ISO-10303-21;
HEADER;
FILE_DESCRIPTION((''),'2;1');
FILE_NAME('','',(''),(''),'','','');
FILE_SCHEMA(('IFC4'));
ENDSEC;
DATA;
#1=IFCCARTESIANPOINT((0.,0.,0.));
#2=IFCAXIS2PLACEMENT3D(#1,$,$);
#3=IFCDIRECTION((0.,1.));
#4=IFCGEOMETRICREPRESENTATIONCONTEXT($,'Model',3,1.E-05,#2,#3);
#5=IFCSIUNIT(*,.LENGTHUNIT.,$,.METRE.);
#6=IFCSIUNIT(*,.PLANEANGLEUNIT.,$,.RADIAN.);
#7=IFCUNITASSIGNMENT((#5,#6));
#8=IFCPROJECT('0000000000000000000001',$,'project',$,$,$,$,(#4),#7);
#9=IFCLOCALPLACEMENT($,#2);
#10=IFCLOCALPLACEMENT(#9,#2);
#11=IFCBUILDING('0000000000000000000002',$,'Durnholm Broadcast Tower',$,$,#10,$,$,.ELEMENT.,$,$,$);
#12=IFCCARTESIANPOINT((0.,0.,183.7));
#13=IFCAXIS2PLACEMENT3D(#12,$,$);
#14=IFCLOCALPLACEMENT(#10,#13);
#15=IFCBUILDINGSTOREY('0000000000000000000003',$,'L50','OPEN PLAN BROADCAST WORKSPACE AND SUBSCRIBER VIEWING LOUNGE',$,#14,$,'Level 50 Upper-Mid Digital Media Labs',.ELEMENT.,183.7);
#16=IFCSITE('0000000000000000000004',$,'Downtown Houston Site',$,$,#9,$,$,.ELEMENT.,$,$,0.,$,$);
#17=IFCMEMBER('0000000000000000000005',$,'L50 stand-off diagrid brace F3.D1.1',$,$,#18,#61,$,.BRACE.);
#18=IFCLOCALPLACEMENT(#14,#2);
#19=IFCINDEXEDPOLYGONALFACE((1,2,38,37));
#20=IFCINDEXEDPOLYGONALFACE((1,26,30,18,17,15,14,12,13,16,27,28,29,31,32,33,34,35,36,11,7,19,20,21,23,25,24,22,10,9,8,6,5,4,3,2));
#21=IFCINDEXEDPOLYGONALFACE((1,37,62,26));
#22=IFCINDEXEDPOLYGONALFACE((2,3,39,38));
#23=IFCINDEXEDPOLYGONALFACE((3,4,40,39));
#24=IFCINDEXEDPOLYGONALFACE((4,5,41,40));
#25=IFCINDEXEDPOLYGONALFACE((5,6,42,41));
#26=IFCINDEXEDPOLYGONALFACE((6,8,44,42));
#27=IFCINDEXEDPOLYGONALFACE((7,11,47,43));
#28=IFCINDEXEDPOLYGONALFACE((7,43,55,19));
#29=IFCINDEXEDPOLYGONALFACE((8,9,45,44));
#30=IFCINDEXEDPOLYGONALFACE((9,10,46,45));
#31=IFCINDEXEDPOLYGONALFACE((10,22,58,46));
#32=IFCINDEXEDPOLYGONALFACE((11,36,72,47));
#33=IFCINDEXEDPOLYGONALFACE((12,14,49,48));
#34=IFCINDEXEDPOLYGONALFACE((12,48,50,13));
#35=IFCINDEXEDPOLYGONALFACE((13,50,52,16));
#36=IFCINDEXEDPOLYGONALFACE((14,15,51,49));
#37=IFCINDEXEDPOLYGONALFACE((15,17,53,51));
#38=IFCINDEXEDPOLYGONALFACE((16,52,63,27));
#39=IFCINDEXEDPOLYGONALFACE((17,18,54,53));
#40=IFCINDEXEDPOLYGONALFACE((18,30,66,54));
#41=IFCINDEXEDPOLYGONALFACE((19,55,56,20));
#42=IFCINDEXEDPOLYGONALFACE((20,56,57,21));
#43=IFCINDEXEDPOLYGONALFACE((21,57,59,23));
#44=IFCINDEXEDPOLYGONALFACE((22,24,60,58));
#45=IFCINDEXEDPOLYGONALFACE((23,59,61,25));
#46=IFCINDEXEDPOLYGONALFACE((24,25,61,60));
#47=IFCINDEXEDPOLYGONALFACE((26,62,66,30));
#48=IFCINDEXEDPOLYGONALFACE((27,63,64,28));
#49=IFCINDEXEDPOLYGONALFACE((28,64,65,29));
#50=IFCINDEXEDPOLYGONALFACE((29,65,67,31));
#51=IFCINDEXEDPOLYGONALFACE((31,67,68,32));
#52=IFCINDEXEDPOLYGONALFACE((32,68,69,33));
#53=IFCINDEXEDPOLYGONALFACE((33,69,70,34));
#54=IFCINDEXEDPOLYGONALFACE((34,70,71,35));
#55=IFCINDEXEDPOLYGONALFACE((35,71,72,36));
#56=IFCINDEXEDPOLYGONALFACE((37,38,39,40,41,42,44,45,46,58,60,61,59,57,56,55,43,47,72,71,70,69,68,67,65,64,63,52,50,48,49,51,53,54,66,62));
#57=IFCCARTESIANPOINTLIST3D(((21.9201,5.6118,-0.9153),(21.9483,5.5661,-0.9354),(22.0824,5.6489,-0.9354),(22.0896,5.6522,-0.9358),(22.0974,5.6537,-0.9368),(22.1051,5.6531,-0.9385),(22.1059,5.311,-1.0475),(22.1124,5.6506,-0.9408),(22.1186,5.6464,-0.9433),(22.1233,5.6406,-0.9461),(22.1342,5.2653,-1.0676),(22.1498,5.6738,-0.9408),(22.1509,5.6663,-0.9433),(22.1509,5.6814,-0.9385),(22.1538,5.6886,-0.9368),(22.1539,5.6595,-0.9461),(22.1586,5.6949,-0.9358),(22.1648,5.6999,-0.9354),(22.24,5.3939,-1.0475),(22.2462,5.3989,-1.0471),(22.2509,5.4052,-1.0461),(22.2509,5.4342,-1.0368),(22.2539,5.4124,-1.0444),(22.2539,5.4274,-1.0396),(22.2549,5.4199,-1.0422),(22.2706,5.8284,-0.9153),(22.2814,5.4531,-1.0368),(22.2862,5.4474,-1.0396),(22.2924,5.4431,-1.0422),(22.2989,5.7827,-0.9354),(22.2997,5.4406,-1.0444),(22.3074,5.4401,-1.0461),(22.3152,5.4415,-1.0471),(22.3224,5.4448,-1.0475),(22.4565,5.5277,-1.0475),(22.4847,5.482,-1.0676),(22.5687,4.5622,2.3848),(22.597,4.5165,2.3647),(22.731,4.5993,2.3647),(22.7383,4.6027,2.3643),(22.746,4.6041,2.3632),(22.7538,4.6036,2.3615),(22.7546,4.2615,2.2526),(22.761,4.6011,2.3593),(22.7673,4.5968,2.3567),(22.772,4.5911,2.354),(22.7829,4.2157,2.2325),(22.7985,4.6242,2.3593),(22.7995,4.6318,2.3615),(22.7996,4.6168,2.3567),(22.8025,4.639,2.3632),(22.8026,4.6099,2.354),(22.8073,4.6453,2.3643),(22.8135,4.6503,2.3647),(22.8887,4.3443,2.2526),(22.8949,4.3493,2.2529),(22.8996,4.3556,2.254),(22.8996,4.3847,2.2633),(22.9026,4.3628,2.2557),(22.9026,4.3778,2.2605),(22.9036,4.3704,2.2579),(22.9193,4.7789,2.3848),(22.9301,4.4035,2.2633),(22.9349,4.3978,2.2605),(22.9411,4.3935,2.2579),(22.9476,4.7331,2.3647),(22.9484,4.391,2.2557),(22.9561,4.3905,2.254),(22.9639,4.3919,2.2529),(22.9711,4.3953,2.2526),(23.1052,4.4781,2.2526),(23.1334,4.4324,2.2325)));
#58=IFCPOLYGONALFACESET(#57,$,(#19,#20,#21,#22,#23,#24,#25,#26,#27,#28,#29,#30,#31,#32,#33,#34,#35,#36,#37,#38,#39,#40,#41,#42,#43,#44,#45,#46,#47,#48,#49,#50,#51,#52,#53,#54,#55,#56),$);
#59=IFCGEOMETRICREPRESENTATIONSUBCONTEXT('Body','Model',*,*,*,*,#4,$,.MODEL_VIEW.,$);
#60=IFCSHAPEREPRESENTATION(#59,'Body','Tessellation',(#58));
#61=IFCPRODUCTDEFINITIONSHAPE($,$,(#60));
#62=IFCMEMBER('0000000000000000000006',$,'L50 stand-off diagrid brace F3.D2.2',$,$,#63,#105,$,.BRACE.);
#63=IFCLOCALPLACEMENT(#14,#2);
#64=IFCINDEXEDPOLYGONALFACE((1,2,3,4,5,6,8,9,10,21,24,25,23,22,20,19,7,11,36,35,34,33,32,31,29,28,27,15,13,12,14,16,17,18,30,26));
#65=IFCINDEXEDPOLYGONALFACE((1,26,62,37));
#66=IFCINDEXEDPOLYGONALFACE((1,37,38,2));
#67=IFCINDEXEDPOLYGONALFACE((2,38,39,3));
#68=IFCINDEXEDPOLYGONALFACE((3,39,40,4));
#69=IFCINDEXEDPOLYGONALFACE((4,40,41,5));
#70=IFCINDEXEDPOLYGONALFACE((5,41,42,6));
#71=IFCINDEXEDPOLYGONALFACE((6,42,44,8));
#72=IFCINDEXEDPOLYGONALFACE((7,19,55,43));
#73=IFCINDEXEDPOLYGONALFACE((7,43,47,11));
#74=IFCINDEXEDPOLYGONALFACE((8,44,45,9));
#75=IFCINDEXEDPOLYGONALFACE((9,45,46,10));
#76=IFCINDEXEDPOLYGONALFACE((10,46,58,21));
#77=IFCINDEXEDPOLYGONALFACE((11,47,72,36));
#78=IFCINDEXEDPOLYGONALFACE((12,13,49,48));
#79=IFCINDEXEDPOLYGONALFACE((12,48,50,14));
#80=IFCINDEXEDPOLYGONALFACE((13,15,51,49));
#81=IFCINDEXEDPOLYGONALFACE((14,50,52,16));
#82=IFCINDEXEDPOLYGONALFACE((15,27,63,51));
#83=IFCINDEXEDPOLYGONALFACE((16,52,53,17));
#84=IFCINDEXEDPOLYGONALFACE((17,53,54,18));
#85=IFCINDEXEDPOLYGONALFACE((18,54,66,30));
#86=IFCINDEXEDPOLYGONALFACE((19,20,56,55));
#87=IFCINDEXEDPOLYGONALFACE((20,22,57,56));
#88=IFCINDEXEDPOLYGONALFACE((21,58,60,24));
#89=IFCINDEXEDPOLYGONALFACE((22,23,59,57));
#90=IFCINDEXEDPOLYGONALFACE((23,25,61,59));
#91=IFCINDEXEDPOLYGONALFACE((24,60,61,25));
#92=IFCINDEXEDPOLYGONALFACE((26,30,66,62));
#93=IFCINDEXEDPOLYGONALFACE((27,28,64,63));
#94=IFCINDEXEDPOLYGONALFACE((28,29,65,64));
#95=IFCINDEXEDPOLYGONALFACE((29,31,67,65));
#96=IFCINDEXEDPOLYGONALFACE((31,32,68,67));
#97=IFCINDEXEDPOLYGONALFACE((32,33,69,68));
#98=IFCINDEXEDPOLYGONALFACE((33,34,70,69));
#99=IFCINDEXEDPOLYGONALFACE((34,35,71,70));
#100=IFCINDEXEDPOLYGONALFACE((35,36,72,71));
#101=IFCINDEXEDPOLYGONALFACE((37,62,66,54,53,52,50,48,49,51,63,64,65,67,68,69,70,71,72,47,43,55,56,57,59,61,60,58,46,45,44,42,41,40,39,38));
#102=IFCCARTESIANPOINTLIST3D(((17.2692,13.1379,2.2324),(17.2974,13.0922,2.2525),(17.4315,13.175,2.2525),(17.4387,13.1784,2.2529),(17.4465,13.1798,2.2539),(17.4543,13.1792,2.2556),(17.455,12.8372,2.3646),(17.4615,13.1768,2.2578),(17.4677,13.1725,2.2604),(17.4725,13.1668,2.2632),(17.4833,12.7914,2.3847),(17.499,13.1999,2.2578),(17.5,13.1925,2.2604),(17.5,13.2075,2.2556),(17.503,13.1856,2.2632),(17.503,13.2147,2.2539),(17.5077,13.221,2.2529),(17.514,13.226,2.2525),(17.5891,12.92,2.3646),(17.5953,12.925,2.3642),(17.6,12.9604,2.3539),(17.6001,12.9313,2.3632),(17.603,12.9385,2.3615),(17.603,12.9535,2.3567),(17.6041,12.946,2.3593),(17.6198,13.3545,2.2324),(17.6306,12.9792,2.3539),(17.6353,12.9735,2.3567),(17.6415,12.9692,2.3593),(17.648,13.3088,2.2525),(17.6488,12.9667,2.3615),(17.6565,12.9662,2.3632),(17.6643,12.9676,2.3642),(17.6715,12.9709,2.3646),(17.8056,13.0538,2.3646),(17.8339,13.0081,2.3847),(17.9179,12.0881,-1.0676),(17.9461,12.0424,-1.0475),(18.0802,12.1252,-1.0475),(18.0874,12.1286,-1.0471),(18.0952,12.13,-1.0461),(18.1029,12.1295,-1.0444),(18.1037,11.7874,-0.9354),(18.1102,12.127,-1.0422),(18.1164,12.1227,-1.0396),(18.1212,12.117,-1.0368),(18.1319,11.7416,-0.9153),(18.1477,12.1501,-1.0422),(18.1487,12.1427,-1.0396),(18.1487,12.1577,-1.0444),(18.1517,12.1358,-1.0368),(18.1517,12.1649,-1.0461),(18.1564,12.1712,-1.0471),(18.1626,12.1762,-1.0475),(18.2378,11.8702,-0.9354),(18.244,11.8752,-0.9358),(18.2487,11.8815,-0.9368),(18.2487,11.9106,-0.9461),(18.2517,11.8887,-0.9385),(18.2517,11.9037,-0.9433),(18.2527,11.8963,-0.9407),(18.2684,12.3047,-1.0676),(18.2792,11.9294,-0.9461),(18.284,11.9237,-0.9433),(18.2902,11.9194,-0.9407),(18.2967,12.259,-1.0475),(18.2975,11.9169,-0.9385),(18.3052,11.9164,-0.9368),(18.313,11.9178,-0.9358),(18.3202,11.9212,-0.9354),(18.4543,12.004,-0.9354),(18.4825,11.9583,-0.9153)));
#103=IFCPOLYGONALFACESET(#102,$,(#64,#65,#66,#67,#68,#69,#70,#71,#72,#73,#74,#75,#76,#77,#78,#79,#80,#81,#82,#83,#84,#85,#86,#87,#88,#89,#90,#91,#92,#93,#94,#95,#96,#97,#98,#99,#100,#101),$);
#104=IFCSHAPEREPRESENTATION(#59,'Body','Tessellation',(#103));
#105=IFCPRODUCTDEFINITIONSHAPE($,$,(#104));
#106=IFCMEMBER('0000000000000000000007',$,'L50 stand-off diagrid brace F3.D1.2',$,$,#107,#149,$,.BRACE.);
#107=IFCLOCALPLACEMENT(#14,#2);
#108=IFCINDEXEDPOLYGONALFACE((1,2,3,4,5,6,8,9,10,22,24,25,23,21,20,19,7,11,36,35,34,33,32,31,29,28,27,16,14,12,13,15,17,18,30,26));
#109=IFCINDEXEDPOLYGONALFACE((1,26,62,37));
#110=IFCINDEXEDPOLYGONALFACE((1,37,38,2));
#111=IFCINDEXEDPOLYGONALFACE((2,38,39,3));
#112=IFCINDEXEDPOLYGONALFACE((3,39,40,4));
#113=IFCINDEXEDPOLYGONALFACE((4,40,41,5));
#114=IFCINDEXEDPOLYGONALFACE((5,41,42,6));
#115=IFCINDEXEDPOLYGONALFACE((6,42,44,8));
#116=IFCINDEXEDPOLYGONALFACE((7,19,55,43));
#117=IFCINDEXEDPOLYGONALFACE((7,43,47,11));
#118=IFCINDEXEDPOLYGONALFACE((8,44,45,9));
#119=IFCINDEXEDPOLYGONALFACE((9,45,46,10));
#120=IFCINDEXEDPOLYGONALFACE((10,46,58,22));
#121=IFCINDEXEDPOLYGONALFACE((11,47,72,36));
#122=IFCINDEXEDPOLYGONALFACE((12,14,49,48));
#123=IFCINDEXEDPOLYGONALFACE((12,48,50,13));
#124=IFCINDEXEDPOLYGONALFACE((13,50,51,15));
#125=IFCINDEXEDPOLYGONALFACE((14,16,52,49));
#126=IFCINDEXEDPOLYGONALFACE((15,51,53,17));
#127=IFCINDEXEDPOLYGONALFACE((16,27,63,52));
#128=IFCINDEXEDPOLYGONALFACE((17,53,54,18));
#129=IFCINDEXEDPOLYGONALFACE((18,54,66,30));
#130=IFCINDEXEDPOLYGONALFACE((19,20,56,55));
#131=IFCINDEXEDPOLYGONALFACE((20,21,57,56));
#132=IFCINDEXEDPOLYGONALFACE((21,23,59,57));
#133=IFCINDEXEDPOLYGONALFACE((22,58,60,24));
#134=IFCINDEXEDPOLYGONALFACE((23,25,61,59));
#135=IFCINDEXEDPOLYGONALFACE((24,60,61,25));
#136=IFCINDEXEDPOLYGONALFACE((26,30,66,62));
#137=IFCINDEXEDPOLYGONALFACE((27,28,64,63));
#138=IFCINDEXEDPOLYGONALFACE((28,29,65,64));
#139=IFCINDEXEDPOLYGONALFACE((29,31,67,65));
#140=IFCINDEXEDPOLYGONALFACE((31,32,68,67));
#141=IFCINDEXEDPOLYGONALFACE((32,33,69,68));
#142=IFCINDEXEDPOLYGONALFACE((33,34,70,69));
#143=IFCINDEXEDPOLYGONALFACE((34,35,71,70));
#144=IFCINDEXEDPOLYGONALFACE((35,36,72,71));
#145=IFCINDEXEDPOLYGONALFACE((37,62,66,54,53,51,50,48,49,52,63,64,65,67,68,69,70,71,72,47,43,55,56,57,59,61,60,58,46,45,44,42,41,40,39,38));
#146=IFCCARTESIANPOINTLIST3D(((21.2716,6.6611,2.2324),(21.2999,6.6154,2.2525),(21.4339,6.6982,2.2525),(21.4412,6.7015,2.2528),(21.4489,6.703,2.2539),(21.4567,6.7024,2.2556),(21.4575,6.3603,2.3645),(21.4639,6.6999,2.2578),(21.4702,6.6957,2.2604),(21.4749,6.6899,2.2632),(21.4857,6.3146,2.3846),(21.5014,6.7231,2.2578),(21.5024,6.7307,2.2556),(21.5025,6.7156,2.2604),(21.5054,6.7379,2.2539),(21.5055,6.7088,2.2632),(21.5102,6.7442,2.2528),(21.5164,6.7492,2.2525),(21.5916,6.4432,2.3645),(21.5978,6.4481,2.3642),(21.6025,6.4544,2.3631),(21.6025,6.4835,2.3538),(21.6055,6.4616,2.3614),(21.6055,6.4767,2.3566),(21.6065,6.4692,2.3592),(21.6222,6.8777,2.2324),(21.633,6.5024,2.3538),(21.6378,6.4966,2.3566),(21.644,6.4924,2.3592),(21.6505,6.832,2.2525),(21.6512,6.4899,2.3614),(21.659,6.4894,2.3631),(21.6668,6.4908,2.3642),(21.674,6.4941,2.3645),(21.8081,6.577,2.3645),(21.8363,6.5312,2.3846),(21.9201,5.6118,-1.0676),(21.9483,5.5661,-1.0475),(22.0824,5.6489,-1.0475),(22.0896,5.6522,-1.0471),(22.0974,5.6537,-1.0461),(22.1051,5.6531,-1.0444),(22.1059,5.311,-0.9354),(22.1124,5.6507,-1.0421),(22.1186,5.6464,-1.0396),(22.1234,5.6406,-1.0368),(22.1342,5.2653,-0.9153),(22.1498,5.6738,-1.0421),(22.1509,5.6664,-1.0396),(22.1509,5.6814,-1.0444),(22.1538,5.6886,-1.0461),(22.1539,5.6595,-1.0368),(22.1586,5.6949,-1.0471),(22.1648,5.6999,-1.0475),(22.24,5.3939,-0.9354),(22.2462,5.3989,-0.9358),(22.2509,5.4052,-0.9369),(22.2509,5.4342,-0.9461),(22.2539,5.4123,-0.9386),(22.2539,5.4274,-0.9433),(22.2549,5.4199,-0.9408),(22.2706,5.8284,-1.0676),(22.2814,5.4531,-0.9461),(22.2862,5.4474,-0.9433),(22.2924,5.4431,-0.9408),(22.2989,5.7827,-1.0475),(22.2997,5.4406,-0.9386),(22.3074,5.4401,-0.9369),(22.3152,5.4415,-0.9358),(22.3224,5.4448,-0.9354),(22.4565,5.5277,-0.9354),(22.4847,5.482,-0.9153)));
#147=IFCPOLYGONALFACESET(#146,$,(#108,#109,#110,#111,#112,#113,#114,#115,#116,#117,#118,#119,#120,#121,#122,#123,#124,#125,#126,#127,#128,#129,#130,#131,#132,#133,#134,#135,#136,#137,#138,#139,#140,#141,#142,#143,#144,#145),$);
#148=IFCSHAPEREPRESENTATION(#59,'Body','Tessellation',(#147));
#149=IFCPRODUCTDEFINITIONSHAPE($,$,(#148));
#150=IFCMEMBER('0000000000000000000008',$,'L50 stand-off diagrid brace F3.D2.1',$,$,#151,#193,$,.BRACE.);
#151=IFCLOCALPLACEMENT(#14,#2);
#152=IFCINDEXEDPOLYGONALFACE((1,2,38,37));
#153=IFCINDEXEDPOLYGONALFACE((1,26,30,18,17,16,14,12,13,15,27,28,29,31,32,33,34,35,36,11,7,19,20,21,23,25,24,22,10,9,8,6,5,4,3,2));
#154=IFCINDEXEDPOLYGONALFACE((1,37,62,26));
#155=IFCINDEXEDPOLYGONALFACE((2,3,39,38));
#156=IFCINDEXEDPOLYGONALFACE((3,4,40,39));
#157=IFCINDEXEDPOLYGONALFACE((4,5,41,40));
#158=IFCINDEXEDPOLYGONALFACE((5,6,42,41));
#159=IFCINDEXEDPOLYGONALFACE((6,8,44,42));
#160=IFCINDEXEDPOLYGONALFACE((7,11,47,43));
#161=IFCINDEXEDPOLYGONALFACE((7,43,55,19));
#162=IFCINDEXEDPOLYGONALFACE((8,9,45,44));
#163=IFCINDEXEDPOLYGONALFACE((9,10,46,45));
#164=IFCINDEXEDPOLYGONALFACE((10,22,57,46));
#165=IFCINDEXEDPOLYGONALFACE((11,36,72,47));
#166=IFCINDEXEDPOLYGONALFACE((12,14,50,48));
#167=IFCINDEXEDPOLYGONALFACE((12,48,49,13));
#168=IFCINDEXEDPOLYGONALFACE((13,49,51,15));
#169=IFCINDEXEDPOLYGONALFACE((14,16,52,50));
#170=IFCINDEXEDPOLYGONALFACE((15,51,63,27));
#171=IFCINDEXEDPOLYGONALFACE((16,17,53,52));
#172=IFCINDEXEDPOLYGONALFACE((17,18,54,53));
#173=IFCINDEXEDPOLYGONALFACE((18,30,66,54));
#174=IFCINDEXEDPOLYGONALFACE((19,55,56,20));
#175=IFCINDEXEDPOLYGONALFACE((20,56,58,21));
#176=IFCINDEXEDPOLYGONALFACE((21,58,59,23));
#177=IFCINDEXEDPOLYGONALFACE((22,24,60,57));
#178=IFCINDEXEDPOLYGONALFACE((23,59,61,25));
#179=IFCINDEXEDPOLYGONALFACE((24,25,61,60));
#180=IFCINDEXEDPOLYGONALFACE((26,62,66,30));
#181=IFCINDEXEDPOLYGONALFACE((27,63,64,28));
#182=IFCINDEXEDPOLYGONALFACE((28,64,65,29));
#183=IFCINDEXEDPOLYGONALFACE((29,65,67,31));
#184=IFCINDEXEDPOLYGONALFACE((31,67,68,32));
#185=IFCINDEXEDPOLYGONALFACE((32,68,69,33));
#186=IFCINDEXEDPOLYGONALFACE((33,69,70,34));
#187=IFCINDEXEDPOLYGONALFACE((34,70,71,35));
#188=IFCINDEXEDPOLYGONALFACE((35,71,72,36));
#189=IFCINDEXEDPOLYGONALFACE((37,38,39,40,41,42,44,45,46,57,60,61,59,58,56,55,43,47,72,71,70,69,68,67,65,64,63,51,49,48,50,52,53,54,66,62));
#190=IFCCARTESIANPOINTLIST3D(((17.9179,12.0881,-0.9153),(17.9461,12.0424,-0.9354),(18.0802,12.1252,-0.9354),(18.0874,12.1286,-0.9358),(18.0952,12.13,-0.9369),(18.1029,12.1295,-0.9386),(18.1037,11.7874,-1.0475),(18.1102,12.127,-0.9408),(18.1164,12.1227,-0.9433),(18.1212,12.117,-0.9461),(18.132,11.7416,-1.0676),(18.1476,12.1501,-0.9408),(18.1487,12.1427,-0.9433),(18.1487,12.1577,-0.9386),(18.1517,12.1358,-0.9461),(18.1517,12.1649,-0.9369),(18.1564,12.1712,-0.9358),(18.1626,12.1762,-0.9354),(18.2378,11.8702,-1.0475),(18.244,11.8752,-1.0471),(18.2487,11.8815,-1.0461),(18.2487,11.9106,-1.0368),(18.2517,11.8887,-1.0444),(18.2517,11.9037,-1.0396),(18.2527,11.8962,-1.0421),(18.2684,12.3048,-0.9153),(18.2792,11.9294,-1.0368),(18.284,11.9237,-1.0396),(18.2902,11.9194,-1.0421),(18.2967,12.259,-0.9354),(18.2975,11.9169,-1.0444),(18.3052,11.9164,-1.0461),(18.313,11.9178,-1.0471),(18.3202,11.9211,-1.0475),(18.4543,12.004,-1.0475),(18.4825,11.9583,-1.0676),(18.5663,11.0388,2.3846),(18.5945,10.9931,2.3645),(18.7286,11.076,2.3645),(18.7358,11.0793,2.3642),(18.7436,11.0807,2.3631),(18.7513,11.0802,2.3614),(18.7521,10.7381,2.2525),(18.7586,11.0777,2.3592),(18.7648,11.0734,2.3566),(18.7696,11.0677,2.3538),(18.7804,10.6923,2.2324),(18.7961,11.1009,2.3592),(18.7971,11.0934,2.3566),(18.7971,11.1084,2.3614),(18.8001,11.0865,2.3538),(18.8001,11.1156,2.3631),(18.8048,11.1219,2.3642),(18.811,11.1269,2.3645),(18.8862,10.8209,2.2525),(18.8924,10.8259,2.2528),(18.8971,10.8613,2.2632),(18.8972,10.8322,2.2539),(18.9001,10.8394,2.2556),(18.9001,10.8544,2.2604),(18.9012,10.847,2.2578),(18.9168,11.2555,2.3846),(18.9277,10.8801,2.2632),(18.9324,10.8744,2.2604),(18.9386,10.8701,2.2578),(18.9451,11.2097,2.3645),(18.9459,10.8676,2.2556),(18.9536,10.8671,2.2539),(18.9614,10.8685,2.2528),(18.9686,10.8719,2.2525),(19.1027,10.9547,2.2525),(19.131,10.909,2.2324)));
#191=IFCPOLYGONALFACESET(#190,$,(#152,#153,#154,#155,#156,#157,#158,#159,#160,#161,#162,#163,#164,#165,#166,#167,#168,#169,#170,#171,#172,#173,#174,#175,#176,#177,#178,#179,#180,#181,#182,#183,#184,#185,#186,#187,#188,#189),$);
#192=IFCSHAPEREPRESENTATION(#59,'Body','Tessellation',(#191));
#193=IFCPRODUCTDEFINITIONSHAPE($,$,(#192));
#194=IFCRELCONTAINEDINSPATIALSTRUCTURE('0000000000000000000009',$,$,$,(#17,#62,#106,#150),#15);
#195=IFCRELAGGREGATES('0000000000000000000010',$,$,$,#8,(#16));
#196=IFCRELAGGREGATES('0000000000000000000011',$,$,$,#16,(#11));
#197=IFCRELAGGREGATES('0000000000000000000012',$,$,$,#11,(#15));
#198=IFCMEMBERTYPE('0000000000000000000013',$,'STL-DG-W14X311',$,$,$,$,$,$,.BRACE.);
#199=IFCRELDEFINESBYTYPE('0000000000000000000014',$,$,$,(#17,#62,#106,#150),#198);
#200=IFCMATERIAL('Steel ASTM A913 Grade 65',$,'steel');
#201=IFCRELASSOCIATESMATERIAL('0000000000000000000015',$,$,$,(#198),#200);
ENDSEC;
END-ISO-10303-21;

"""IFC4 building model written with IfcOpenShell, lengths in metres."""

from ifc_helpers import new_model, si_unit, direction, frame, origin, origin_2d, place, context, subcontext, project, spatial, i_section, extrude, source, transform, mapped, material, material_profile, profile_set, type_object, type_shapes, element, save


model = new_model("IFC4")

# Units and contexts
model_context = context("Model", 3, precision=1e-05, world=origin(), true_north=direction((0.0, 1.0)))
body_context = subcontext(model_context, "Body", "Model", "MODEL_VIEW")
ifc_project = project(units=[si_unit("LENGTHUNIT", "METRE"), si_unit("PLANEANGLEUNIT", "RADIAN")], contexts=[model_context])

# Site, building, storey
site_placement = place(None, origin())
site = spatial("IfcSite", under=ifc_project, at=site_placement, Name="Downtown Houston Site", CompositionType="ELEMENT", RefElevation=0.0)
building_placement = place(site_placement, origin())
building = spatial("IfcBuilding", under=site, at=building_placement, Name="Durnholm Broadcast Tower", CompositionType="ELEMENT")
storey_placement = place(building_placement, frame((0.0, 0.0, 183.7)))
storey = spatial("IfcBuildingStorey", under=building, at=storey_placement, Name="L50", Description="OPEN PLAN BROADCAST WORKSPACE AND SUBSCRIBER VIEWING LOUNGE", LongName="Level 50 Upper-Mid Digital Media Labs", CompositionType="ELEMENT", Elevation=183.7)

# Members
ifc_material_1 = material(Name="Steel ASTM A913 Grade 65", Category="steel")
ifc_material_profile_1 = material_profile(ifc_material_1, i_section(OverallWidth=0.4121, OverallDepth=0.4348, WebThickness=0.0359, FlangeThickness=0.0574, FilletRadius=0.0305, at=origin_2d()), Name="W14X311")
ifc_profile_set_1 = profile_set([ifc_material_profile_1], Name="Steel ASTM A913 Grade 65")
member_type_1 = type_object("IfcMemberType", Name="STL-DG-W14X311", PredefinedType="BRACE", material=ifc_profile_set_1)
shared_shape_1 = source(origin(), body_context, "Body", "SweptSolid", [
    extrude(i_section(OverallWidth=0.4121, OverallDepth=0.4348, WebThickness=0.0359, FlangeThickness=0.0574, FilletRadius=0.0305, at=origin_2d()), origin(), (0.0, 0.0, 1.0), 3.5232),
])
for number, where, z_axis, x_axis, name in (
    (1, (22.2024, 5.5469, -0.9915), (0.184119, -0.297903, 0.936672), (0.850644, 0.525741, 0.0), "L50 stand-off diagrid brace F3.D1.1"),
    (2, (18.2002, 12.0232, -0.9915), (-0.184115, 0.297966, 0.936652), (-0.850699, -0.525653, 0.0), "L50 stand-off diagrid brace F3.D2.2"),
):
    element("IfcMember", number, at=place(storey_placement, frame(where, z_axis=z_axis, x_axis=x_axis)), inside=storey, type_object=member_type_1, Name=name, PredefinedType="BRACE", context=body_context, shape_type="MappedRepresentation", body=[
        mapped(shared_shape_1, transform((0.0, 0.0, 0.0), x_axis=(1.0, 0.0, 0.0), y_axis=(0.0, 1.0, 0.0), z_axis=(0.0, 0.0, 1.0), scale=1.0)),
    ])
shared_shape_2 = source(origin(), body_context, "Body", "SweptSolid", [
    extrude(i_section(OverallWidth=0.4121, OverallDepth=0.4348, WebThickness=0.0359, FlangeThickness=0.0574, FilletRadius=0.0305, at=origin_2d()), origin(), (0.0, 0.0, 1.0), 3.5229),
])
type_shapes(member_type_1, [shared_shape_1, shared_shape_2])
for number, where, z_axis, x_axis, name in (
    (3, (22.2024, 5.5469, -0.9915), (-0.184056, 0.297843, 0.936703), (-0.850678, -0.525687, 0.0), "L50 stand-off diagrid brace F3.D1.2"),
    (4, (18.2002, 12.0232, -0.9915), (0.184056, -0.297843, 0.936703), (0.850678, 0.525687, 0.0), "L50 stand-off diagrid brace F3.D2.1"),
):
    element("IfcMember", number, at=place(storey_placement, frame(where, z_axis=z_axis, x_axis=x_axis)), inside=storey, type_object=member_type_1, Name=name, PredefinedType="BRACE", context=body_context, shape_type="MappedRepresentation", body=[
        mapped(shared_shape_2, transform((0.0, 0.0, 0.0), x_axis=(1.0, 0.0, 0.0), y_axis=(0.0, 1.0, 0.0), z_axis=(0.0, 0.0, 1.0), scale=1.0)),
    ])

save(model, "model.ifc")
